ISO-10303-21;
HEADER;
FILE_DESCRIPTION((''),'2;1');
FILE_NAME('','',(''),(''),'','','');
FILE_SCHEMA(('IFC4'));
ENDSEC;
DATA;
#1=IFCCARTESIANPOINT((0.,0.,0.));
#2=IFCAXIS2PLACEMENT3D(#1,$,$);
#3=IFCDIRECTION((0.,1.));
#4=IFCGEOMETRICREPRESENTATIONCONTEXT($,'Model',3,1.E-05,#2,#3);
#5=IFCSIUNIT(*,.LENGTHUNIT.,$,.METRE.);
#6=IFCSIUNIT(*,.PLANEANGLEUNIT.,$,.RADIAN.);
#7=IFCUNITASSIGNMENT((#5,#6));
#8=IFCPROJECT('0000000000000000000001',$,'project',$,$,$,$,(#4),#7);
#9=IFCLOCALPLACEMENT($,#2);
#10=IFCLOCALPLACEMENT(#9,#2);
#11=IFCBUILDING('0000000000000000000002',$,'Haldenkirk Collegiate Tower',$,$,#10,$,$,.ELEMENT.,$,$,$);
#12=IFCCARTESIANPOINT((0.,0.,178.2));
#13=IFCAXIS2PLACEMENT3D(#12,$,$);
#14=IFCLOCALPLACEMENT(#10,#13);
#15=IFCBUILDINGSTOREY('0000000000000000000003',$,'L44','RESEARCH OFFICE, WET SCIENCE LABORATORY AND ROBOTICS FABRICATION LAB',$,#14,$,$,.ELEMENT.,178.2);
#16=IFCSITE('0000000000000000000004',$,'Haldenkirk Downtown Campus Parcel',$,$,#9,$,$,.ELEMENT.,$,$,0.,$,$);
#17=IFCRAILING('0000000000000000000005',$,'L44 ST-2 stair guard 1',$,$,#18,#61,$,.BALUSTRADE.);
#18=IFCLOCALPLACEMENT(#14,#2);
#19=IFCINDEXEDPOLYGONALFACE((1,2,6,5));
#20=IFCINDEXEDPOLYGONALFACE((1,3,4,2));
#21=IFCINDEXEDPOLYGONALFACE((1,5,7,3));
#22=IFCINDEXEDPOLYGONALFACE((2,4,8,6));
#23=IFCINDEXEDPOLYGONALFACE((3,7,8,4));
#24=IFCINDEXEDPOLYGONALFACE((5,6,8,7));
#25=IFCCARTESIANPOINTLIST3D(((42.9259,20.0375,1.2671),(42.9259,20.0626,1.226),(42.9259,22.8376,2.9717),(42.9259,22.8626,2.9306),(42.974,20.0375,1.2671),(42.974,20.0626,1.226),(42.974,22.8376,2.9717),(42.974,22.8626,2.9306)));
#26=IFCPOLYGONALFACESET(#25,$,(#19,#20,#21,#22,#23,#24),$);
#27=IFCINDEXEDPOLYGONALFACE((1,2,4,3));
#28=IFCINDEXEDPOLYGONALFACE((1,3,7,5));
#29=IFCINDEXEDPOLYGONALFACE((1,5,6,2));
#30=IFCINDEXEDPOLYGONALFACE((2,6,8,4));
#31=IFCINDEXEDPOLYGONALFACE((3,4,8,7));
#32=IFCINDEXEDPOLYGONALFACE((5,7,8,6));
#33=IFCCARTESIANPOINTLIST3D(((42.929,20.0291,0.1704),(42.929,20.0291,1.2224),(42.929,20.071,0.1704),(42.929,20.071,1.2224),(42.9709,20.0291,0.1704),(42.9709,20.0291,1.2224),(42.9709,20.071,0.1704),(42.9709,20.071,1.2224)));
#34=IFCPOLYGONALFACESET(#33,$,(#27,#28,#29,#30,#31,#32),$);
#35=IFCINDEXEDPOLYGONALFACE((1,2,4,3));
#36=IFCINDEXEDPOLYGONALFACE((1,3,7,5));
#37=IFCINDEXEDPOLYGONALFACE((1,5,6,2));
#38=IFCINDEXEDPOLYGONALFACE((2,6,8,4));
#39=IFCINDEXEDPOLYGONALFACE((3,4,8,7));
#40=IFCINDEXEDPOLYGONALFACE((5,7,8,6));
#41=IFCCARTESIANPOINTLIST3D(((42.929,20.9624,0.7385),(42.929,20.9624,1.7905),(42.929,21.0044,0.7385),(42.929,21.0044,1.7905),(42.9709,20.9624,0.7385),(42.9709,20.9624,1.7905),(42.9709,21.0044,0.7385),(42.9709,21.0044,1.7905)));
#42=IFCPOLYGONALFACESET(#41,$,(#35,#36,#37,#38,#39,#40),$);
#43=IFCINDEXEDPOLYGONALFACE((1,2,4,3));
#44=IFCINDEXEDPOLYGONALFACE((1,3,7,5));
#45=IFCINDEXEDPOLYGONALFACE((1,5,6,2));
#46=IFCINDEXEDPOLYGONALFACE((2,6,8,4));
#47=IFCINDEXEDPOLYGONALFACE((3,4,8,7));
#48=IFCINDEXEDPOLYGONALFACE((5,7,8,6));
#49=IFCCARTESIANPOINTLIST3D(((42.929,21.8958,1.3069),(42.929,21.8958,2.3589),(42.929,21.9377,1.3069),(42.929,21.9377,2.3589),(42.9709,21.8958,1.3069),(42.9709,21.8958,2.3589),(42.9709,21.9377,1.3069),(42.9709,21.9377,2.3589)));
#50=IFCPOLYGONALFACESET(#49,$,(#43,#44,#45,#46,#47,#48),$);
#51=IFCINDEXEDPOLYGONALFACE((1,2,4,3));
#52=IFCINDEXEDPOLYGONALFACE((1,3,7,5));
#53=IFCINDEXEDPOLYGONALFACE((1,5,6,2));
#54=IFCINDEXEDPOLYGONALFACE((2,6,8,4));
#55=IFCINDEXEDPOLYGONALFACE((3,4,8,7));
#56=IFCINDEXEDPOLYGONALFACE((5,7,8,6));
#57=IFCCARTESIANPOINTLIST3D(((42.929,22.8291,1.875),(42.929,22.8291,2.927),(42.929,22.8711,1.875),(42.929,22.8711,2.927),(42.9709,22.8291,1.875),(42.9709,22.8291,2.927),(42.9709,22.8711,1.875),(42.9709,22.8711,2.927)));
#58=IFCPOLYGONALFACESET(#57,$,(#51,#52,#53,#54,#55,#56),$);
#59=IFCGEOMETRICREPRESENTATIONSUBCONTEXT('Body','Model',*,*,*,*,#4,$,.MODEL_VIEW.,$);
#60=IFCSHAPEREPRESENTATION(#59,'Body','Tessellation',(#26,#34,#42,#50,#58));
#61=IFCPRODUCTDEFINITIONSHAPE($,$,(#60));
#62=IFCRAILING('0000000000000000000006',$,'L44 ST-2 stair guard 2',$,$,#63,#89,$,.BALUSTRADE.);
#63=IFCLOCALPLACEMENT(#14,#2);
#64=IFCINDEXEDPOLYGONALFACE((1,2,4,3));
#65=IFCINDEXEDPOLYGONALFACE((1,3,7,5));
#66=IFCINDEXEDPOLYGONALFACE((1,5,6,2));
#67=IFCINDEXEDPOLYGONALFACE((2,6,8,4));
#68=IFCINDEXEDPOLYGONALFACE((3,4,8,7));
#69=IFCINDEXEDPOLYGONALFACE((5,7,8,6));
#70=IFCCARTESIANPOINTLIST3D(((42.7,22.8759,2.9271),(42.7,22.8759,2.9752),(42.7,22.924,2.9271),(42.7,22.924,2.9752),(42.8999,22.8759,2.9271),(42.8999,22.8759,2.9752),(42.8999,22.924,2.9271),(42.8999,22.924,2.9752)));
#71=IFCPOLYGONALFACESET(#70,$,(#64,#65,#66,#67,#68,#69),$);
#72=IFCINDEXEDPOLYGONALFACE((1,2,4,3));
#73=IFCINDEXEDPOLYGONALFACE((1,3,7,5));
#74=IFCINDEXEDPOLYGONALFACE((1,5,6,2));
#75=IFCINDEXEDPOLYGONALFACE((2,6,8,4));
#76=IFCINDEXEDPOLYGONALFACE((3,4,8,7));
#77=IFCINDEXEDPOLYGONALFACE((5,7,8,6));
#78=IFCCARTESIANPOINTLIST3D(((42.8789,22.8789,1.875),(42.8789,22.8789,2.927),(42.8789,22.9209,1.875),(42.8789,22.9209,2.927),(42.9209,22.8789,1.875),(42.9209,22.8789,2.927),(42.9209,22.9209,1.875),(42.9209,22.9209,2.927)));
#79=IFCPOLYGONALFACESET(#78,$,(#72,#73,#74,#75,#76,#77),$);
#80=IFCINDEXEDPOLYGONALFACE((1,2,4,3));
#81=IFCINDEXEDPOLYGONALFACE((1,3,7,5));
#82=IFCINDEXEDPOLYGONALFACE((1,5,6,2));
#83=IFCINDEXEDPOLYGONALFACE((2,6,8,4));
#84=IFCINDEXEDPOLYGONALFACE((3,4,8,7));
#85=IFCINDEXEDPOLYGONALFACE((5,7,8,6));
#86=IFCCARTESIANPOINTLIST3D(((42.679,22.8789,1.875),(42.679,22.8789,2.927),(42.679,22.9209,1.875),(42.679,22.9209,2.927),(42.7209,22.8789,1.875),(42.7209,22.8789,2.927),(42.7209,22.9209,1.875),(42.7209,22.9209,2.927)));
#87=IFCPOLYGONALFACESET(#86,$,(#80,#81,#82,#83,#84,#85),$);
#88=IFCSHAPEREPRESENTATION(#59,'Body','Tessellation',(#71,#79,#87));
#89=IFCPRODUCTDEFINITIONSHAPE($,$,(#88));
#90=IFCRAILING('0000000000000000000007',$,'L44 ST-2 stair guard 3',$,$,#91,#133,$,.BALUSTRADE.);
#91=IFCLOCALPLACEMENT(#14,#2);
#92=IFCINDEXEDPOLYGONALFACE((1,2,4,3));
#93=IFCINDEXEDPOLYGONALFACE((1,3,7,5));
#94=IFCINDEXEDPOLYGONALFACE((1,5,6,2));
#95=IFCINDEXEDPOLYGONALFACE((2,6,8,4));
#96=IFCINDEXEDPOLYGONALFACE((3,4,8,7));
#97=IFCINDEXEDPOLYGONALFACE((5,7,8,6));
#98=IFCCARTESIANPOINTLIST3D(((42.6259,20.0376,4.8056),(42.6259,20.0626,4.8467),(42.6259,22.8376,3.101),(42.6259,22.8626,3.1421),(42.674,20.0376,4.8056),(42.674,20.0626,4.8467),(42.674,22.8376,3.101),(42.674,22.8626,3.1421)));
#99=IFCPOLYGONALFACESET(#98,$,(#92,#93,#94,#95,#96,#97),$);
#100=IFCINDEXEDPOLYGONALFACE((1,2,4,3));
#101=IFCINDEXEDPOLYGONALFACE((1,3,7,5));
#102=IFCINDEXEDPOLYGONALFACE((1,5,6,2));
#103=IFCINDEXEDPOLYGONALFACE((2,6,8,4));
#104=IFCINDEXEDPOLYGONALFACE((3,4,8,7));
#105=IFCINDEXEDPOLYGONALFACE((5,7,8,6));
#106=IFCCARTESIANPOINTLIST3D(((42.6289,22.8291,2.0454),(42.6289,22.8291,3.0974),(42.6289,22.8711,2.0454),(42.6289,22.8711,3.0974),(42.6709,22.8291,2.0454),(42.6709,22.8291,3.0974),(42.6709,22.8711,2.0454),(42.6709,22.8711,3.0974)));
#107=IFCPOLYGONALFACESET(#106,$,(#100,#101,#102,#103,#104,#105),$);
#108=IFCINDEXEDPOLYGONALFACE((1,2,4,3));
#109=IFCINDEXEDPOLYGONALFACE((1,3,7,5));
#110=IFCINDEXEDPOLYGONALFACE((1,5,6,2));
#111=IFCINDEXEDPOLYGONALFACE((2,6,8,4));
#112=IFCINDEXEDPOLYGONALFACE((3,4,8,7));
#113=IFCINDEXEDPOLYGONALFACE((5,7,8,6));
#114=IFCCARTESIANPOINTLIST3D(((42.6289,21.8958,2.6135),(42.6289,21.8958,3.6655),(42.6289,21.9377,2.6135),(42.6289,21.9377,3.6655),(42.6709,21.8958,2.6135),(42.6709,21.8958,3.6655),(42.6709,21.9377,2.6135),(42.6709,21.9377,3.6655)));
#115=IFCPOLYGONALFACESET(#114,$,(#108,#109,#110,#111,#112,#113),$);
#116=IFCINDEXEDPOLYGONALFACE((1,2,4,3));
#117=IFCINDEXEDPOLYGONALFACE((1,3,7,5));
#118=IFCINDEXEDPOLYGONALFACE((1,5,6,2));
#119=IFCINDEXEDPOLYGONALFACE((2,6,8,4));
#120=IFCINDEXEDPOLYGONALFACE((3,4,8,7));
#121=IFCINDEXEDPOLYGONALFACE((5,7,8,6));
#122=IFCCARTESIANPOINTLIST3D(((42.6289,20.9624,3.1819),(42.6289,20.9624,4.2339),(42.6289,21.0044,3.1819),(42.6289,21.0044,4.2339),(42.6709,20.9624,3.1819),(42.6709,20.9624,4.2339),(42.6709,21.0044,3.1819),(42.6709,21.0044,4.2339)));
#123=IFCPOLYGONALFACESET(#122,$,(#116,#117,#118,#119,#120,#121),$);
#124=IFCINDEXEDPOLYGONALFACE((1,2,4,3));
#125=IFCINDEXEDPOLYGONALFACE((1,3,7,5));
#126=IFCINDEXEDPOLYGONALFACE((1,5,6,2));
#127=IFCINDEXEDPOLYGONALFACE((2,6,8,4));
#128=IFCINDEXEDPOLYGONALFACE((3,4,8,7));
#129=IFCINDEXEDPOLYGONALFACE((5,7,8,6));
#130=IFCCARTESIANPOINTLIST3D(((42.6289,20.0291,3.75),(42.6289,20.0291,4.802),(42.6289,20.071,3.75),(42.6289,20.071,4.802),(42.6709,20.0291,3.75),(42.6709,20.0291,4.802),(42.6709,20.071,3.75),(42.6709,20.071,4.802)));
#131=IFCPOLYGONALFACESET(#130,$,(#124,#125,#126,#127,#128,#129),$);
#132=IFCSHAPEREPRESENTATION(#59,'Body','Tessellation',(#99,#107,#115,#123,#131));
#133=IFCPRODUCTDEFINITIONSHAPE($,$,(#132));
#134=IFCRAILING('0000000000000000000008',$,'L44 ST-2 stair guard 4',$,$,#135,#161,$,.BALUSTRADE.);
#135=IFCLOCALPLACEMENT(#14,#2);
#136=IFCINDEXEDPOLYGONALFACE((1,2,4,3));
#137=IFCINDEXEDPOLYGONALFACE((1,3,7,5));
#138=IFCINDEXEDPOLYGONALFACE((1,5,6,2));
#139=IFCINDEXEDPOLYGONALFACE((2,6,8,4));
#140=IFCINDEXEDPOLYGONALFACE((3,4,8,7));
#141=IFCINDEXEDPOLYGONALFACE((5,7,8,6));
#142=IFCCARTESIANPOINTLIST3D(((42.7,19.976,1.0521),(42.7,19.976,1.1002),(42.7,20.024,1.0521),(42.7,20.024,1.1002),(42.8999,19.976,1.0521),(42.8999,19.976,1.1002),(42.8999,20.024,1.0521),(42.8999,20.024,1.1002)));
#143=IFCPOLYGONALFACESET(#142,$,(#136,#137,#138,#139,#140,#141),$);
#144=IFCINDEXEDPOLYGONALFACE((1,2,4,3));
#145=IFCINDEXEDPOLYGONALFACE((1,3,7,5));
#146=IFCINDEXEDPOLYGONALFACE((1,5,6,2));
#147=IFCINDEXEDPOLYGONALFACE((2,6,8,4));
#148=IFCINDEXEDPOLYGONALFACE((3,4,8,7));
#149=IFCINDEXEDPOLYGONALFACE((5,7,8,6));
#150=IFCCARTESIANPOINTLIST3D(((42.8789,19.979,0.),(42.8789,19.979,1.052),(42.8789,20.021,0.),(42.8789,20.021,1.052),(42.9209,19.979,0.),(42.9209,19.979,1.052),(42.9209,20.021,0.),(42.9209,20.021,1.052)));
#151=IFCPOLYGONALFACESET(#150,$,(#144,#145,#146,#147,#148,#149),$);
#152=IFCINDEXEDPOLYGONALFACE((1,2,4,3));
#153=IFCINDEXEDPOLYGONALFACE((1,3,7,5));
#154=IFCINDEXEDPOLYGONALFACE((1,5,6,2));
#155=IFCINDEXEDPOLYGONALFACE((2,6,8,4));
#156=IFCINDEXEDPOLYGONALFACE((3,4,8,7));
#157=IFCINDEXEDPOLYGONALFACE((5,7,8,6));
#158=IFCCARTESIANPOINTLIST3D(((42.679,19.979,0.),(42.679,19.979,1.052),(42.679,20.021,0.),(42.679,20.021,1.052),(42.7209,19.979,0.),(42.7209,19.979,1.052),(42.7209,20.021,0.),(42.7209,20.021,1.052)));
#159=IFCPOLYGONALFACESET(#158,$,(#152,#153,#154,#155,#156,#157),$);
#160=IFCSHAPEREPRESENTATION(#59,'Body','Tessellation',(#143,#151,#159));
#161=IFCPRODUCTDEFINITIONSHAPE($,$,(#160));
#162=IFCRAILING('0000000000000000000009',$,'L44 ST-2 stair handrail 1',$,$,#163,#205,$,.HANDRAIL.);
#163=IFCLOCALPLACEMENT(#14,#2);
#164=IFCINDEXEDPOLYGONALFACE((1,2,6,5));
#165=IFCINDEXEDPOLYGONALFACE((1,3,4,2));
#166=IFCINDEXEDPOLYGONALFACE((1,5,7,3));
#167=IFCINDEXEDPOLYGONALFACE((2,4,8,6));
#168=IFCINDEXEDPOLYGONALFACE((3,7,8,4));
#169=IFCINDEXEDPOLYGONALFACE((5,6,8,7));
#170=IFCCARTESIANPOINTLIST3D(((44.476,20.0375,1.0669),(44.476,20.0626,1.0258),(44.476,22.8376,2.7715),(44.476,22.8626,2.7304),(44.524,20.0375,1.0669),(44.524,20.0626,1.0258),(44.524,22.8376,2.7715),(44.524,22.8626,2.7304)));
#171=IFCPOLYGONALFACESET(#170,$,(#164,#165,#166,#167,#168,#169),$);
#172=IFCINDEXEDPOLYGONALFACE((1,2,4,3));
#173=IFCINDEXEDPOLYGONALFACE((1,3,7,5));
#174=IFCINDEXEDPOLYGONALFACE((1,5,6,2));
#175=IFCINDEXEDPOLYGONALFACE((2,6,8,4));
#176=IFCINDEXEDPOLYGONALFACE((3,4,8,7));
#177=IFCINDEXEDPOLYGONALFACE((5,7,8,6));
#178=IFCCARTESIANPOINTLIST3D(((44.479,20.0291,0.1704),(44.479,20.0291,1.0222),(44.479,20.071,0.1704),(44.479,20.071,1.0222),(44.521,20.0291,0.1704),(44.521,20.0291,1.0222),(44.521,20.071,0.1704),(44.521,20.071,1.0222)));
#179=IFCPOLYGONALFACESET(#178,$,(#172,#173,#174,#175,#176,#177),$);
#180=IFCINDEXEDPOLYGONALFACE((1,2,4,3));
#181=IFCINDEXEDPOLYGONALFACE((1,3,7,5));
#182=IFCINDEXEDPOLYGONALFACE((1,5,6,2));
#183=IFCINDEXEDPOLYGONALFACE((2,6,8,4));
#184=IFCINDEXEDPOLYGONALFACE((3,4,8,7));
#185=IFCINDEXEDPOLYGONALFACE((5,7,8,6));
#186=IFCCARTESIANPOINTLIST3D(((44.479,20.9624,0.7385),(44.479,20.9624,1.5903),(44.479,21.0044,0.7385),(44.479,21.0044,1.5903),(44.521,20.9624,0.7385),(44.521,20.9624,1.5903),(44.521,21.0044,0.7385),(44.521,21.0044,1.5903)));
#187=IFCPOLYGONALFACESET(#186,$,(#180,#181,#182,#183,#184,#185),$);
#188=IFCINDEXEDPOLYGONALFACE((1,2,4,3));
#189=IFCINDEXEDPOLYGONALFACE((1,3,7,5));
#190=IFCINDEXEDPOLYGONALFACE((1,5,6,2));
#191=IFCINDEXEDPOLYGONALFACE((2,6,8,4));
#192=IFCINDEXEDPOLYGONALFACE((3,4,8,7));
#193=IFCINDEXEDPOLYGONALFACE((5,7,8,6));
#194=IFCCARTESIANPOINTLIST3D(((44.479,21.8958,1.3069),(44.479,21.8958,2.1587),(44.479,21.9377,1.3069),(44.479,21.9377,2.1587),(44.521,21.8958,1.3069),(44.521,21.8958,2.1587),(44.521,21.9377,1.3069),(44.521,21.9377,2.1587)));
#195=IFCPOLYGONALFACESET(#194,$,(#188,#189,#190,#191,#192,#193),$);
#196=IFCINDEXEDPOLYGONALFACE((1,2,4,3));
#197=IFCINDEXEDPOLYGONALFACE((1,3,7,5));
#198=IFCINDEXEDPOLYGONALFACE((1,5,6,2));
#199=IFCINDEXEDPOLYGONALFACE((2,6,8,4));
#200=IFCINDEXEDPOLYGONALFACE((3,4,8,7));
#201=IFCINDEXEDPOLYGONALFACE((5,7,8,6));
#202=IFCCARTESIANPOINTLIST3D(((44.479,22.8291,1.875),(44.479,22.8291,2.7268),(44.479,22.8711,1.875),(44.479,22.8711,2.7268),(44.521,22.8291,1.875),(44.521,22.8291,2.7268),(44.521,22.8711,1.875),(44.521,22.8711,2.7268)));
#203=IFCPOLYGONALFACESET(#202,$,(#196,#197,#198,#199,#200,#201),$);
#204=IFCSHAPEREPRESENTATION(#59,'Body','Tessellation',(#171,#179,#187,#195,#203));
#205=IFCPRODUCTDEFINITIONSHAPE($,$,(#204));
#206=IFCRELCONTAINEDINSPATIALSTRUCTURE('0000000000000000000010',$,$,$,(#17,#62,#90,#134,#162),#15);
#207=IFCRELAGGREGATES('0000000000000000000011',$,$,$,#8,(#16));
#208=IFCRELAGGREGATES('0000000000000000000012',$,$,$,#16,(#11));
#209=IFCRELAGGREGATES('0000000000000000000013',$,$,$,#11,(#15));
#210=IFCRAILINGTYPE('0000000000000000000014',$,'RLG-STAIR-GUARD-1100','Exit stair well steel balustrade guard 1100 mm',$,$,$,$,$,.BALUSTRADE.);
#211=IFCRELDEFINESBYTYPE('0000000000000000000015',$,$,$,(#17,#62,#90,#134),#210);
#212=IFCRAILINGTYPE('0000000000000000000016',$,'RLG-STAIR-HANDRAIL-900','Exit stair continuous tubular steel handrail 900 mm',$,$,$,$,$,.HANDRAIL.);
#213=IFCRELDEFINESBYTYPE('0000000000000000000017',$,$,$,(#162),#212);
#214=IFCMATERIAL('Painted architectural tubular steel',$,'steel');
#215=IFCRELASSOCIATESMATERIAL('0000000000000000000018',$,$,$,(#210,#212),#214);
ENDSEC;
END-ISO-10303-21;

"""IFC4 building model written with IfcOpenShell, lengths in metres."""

from ifc_helpers import new_model, si_unit, direction, frame, origin, origin_2d, place, context, subcontext, project, spatial, rectangle, extrude, material, type_object, element, save


model = new_model("IFC4")

# Units and contexts
model_context = context("Model", 3, precision=1e-05, world=origin(), true_north=direction((0.0, 1.0)))
body_context = subcontext(model_context, "Body", "Model", "MODEL_VIEW")
ifc_project = project(units=[si_unit("LENGTHUNIT", "METRE"), si_unit("PLANEANGLEUNIT", "RADIAN")], contexts=[model_context])

# Site, building, storey
site_placement = place(None, origin())
site = spatial("IfcSite", under=ifc_project, at=site_placement, Name="Haldenkirk Downtown Campus Parcel", CompositionType="ELEMENT", RefElevation=0.0)
building_placement = place(site_placement, origin())
building = spatial("IfcBuilding", under=site, at=building_placement, Name="Haldenkirk Collegiate Tower", CompositionType="ELEMENT")
storey_placement = place(building_placement, frame((0.0, 0.0, 178.2)))
storey = spatial("IfcBuildingStorey", under=building, at=storey_placement, Name="L44", Description="RESEARCH OFFICE, WET SCIENCE LABORATORY AND ROBOTICS FABRICATION LAB", CompositionType="ELEMENT", Elevation=178.2)

# Railings
ifc_material_1 = material(Name="Painted architectural tubular steel", Category="steel")
railing_type_1 = type_object("IfcRailingType", Name="RLG-STAIR-GUARD-1100", Description="Exit stair well steel balustrade guard 1100 mm", PredefinedType="BALUSTRADE", material=ifc_material_1)
railing_1_placement = place(storey_placement, frame((42.95, 20.05, 0.1704)))
element("IfcRailing", 1, at=railing_1_placement, inside=storey, type_object=railing_type_1, Name="L44 ST-2 stair guard 1", PredefinedType="BALUSTRADE", context=body_context, shape_type="SweptSolid", body=[
    extrude(rectangle(XDim=0.0481, YDim=0.0481, at=origin_2d()), frame((0.0, 0.0, 1.0762), z_axis=(0.0, 0.85417, 0.519994), x_axis=(-1.0, 0.0, 0.0)), (0.0, 0.0, 1.0), 3.2781),
    extrude(rectangle(XDim=0.042, YDim=0.042, at=origin_2d()), origin(), (0.0, 0.0, 1.0), 1.052),
    extrude(rectangle(XDim=0.042, YDim=0.042, at=origin_2d()), frame((0.0, 0.9333, 0.5681)), (0.0, 0.0, 1.0), 1.052),
    extrude(rectangle(XDim=0.042, YDim=0.042, at=origin_2d()), frame((0.0, 1.8667, 1.1365)), (0.0, 0.0, 1.0), 1.052),
    extrude(rectangle(XDim=0.042, YDim=0.042, at=origin_2d()), frame((0.0, 2.8, 1.7046)), (0.0, 0.0, 1.0), 1.052),
])
railing_2_placement = place(storey_placement, frame((42.8999, 22.8999, 1.875)))
element("IfcRailing", 2, at=railing_2_placement, inside=storey, type_object=railing_type_1, Name="L44 ST-2 stair guard 2", PredefinedType="BALUSTRADE", context=body_context, shape_type="SweptSolid", body=[
    extrude(rectangle(XDim=0.0481, YDim=0.0481, at=origin_2d()), frame((0.0, 0.0, 1.0762), z_axis=(-1.0, 0.0, 0.0), x_axis=(0.0, -1.0, 0.0)), (0.0, 0.0, 1.0), 0.2),
    extrude(rectangle(XDim=0.042, YDim=0.042, at=origin_2d()), origin(), (0.0, 0.0, 1.0), 1.052),
    extrude(rectangle(XDim=0.042, YDim=0.042, at=origin_2d()), frame((-0.2, 0.0, 0.0)), (0.0, 0.0, 1.0), 1.052),
])
railing_3_placement = place(storey_placement, frame((42.6499, 22.8501, 2.0454)))
element("IfcRailing", 3, at=railing_3_placement, inside=storey, type_object=railing_type_1, Name="L44 ST-2 stair guard 3", PredefinedType="BALUSTRADE", context=body_context, shape_type="SweptSolid", body=[
    extrude(rectangle(XDim=0.0481, YDim=0.0481, at=origin_2d()), frame((0.0, 0.0, 1.0762), z_axis=(0.0, -0.85417, 0.519994), x_axis=(1.0, 0.0, 0.0)), (0.0, 0.0, 1.0), 3.2781),
    extrude(rectangle(XDim=0.042, YDim=0.042, at=origin_2d()), origin(), (0.0, 0.0, 1.0), 1.052),
    extrude(rectangle(XDim=0.042, YDim=0.042, at=origin_2d()), frame((0.0, -0.9333, 0.5681)), (0.0, 0.0, 1.0), 1.052),
    extrude(rectangle(XDim=0.042, YDim=0.042, at=origin_2d()), frame((0.0, -1.8667, 1.1365)), (0.0, 0.0, 1.0), 1.052),
    extrude(rectangle(XDim=0.042, YDim=0.042, at=origin_2d()), frame((0.0, -2.8, 1.7046)), (0.0, 0.0, 1.0), 1.052),
])
railing_4_placement = place(storey_placement, frame((42.8999, 20.0, 0.0)))
element("IfcRailing", 4, at=railing_4_placement, inside=storey, type_object=railing_type_1, Name="L44 ST-2 stair guard 4", PredefinedType="BALUSTRADE", context=body_context, shape_type="SweptSolid", body=[
    extrude(rectangle(XDim=0.0481, YDim=0.0481, at=origin_2d()), frame((0.0, 0.0, 1.0762), z_axis=(-1.0, 0.0, 0.0), x_axis=(0.0, -1.0, 0.0)), (0.0, 0.0, 1.0), 0.2),
    extrude(rectangle(XDim=0.042, YDim=0.042, at=origin_2d()), origin(), (0.0, 0.0, 1.0), 1.052),
    extrude(rectangle(XDim=0.042, YDim=0.042, at=origin_2d()), frame((-0.2, 0.0, 0.0)), (0.0, 0.0, 1.0), 1.052),
])
railing_type_2 = type_object("IfcRailingType", Name="RLG-STAIR-HANDRAIL-900", Description="Exit stair continuous tubular steel handrail 900 mm", PredefinedType="HANDRAIL", material=ifc_material_1)
railing_5_placement = place(storey_placement, frame((44.5, 20.05, 0.1704)))
element("IfcRailing", 5, at=railing_5_placement, inside=storey, type_object=railing_type_2, Name="L44 ST-2 stair handrail 1", PredefinedType="HANDRAIL", context=body_context, shape_type="SweptSolid", body=[
    extrude(rectangle(XDim=0.0481, YDim=0.0481, at=origin_2d()), frame((0.0, 0.0, 0.876), z_axis=(0.0, 0.85417, 0.519994), x_axis=(-1.0, 0.0, 0.0)), (0.0, 0.0, 1.0), 3.2781),
    extrude(rectangle(XDim=0.042, YDim=0.042, at=origin_2d()), origin(), (0.0, 0.0, 1.0), 0.8518),
    extrude(rectangle(XDim=0.042, YDim=0.042, at=origin_2d()), frame((0.0, 0.9333, 0.5681)), (0.0, 0.0, 1.0), 0.8518),
    extrude(rectangle(XDim=0.042, YDim=0.042, at=origin_2d()), frame((0.0, 1.8667, 1.1365)), (0.0, 0.0, 1.0), 0.8518),
    extrude(rectangle(XDim=0.042, YDim=0.042, at=origin_2d()), frame((0.0, 2.8, 1.7046)), (0.0, 0.0, 1.0), 0.8518),
])

save(model, "model.ifc")
